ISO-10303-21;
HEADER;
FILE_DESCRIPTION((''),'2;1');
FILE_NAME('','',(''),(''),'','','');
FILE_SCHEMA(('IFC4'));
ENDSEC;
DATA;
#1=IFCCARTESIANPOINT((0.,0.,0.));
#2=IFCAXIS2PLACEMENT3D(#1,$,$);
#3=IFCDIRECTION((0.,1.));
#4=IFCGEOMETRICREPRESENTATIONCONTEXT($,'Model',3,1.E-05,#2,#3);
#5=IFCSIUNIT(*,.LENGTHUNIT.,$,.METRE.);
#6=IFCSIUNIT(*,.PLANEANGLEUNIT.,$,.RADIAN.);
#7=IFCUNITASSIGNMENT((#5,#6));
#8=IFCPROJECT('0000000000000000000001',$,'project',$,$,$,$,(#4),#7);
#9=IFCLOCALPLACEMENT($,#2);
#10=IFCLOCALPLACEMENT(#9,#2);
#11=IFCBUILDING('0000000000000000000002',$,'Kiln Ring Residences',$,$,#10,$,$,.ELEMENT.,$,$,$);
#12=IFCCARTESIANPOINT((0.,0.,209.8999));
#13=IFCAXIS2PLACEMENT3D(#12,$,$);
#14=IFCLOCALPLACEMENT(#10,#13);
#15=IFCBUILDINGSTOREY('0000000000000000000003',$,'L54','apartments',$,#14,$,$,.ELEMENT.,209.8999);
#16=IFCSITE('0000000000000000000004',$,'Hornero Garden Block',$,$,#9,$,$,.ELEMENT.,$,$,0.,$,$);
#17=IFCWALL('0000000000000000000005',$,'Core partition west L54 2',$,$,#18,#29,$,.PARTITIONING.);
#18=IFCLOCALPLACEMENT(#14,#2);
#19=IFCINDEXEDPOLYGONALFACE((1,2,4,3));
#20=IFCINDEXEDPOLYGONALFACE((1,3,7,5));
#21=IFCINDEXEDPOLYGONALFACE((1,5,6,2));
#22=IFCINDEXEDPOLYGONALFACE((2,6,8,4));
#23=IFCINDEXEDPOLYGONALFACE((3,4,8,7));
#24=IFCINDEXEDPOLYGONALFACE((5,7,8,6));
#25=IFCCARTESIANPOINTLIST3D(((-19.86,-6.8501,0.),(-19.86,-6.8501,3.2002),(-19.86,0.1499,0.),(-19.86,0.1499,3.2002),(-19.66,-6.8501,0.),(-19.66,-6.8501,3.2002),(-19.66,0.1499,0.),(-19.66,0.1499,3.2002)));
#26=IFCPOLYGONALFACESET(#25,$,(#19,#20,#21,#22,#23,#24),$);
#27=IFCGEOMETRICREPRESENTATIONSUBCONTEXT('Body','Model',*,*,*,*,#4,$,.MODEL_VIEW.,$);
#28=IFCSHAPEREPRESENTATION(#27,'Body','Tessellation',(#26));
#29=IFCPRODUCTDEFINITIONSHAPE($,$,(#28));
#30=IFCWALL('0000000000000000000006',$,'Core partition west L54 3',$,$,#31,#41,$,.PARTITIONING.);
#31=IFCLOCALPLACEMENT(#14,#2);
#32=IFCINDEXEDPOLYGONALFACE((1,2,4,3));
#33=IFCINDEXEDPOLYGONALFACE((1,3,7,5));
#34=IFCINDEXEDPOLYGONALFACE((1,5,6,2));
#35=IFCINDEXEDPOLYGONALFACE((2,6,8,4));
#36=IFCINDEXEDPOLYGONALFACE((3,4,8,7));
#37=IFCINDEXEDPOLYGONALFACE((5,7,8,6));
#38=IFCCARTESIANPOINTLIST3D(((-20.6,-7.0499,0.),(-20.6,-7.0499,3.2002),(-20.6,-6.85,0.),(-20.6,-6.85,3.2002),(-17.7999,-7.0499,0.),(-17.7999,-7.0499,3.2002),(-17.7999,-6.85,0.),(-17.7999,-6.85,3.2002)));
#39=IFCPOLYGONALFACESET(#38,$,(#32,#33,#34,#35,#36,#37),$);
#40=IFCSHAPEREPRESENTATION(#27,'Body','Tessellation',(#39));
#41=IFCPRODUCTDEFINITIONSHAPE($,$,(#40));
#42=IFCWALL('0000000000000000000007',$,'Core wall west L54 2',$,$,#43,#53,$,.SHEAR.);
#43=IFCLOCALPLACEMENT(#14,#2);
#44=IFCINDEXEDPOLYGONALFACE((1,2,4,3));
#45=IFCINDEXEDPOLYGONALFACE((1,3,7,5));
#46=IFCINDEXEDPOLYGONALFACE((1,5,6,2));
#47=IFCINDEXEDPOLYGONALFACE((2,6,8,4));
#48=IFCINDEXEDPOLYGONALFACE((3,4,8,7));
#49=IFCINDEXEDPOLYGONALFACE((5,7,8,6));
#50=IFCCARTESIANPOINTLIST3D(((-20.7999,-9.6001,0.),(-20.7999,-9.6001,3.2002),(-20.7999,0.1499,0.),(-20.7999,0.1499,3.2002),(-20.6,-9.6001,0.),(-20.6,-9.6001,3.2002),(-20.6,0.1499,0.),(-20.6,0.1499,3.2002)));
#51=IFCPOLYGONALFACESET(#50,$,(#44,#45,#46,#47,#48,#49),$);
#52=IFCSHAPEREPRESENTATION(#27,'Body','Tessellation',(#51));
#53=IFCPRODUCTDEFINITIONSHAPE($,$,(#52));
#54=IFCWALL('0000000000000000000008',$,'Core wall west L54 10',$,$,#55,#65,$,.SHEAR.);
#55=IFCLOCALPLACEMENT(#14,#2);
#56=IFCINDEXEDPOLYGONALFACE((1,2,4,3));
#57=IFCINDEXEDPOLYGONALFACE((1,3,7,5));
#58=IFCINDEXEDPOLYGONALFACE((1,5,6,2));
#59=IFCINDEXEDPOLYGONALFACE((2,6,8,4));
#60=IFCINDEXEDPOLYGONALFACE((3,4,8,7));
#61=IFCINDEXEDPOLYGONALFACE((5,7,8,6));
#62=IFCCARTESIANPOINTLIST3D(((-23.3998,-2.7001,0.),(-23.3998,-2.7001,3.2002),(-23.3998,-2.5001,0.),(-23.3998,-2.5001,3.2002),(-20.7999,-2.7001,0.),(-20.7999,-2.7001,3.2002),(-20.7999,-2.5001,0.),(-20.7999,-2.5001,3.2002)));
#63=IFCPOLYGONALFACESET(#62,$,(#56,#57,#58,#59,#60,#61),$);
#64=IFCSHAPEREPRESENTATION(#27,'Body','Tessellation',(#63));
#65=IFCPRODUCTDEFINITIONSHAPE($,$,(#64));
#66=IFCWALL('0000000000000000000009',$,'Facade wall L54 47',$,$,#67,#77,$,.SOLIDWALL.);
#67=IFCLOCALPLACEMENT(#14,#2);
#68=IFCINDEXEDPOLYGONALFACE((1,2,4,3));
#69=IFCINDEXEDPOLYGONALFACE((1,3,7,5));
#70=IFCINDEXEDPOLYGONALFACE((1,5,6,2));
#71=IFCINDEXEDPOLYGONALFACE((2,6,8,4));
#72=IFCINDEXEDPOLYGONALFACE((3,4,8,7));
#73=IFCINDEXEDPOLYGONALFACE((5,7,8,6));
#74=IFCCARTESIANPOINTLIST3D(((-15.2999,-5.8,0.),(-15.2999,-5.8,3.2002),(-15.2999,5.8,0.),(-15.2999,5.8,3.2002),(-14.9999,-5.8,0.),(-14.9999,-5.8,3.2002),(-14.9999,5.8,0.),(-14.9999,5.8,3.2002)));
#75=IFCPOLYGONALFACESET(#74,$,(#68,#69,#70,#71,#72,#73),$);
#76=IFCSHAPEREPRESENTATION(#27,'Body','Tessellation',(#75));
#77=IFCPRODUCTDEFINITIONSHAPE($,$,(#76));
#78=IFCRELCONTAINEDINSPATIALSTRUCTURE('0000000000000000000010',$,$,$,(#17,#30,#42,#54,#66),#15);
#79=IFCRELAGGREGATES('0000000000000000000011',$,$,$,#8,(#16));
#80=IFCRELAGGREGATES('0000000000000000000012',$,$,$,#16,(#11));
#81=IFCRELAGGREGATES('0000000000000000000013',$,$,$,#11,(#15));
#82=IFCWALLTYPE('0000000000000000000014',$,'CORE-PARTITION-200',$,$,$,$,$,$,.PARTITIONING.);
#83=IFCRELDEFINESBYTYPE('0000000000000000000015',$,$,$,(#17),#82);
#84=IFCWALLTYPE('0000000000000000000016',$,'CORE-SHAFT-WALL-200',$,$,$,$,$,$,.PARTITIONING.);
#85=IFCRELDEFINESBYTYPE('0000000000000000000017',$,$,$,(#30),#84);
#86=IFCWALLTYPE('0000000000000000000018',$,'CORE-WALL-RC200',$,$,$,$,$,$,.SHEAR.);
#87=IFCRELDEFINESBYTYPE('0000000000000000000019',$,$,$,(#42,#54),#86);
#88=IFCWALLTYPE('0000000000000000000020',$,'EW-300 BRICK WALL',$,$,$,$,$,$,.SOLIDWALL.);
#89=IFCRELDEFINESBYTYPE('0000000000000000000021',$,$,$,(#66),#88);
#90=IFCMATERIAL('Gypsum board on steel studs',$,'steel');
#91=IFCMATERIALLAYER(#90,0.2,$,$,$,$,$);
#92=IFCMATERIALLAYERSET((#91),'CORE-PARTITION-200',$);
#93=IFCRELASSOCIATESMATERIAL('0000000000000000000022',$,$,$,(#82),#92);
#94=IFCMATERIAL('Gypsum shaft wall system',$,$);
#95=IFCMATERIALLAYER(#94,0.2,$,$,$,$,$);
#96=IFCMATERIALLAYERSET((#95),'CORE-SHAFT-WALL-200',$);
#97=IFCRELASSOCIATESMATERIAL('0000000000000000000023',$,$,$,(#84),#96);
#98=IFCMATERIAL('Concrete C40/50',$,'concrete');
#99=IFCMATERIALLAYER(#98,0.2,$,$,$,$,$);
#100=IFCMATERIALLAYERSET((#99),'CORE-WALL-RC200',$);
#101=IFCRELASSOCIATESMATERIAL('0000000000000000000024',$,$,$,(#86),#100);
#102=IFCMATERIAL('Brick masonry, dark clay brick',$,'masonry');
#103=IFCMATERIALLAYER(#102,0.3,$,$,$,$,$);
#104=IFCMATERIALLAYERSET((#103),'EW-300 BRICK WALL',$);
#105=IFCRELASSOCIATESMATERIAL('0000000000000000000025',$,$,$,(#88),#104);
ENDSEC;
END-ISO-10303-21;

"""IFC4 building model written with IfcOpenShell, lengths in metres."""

from ifc_helpers import new_model, si_unit, direction, frame, frame_2d, origin, place, context, subcontext, project, spatial, rectangle, extrude, material, layer, layer_set, type_object, element, save


model = new_model("IFC4")

# Units and contexts
model_context = context("Model", 3, precision=1e-05, world=origin(), true_north=direction((0.0, 1.0)))
body_context = subcontext(model_context, "Body", "Model", "MODEL_VIEW")
ifc_project = project(units=[si_unit("LENGTHUNIT", "METRE"), si_unit("PLANEANGLEUNIT", "RADIAN")], contexts=[model_context])

# Site, building, storey
site_placement = place(None, origin())
site = spatial("IfcSite", under=ifc_project, at=site_placement, Name="Hornero Garden Block", CompositionType="ELEMENT", RefElevation=0.0)
building_placement = place(site_placement, origin())
building = spatial("IfcBuilding", under=site, at=building_placement, Name="Kiln Ring Residences", CompositionType="ELEMENT")
storey_placement = place(building_placement, frame((0.0, 0.0, 209.8999)))
storey = spatial("IfcBuildingStorey", under=building, at=storey_placement, Name="L54", Description="apartments", CompositionType="ELEMENT", Elevation=209.8999)

# Walls
ifc_material_1 = material(Name="Gypsum board on steel studs", Category="steel")
ifc_layer_1 = layer(ifc_material_1, 0.2)
ifc_layer_set_1 = layer_set([ifc_layer_1], Name="CORE-PARTITION-200")
wall_type_1 = type_object("IfcWallType", Name="CORE-PARTITION-200", PredefinedType="PARTITIONING", material=ifc_layer_set_1)
wall_1_placement = place(storey_placement, frame((-19.76, -6.8501, 0.0), z_axis=(0.0, 0.0, 1.0), x_axis=(0.0, 1.0, 0.0)))
element("IfcWall", 1, at=wall_1_placement, inside=storey, type_object=wall_type_1, Name="Core partition west L54 2", PredefinedType="PARTITIONING", context=body_context, shape_type="SweptSolid", body=[
    extrude(rectangle(XDim=7.0, YDim=0.2, at=frame_2d((3.5, 0.0))), origin(), (0.0, 0.0, 1.0), 3.2002),
])
ifc_material_2 = material(Name="Gypsum shaft wall system")
ifc_layer_2 = layer(ifc_material_2, 0.2)
ifc_layer_set_2 = layer_set([ifc_layer_2], Name="CORE-SHAFT-WALL-200")
wall_type_2 = type_object("IfcWallType", Name="CORE-SHAFT-WALL-200", PredefinedType="PARTITIONING", material=ifc_layer_set_2)
wall_2_placement = place(storey_placement, frame((-17.8, -6.95, 0.0), z_axis=(0.0, 0.0, 1.0), x_axis=(-1.0, 0.0, 0.0)))
element("IfcWall", 2, at=wall_2_placement, inside=storey, type_object=wall_type_2, Name="Core partition west L54 3", PredefinedType="PARTITIONING", context=body_context, shape_type="SweptSolid", body=[
    extrude(rectangle(XDim=2.8, YDim=0.2, at=frame_2d((1.3999, 0.0))), origin(), (0.0, 0.0, 1.0), 3.2002),
])
ifc_material_3 = material(Name="Concrete C40/50", Category="concrete")
ifc_layer_3 = layer(ifc_material_3, 0.2)
ifc_layer_set_3 = layer_set([ifc_layer_3], Name="CORE-WALL-RC200")
wall_type_3 = type_object("IfcWallType", Name="CORE-WALL-RC200", PredefinedType="SHEAR", material=ifc_layer_set_3)
wall_3_placement = place(storey_placement, frame((-20.7, -9.6001, 0.0), z_axis=(0.0, 0.0, 1.0), x_axis=(0.0, 1.0, 0.0)))
element("IfcWall", 3, at=wall_3_placement, inside=storey, type_object=wall_type_3, Name="Core wall west L54 2", PredefinedType="SHEAR", context=body_context, shape_type="SweptSolid", body=[
    extrude(rectangle(XDim=9.75, YDim=0.2, at=frame_2d((4.875, 0.0))), origin(), (0.0, 0.0, 1.0), 3.2002),
])
wall_4_placement = place(storey_placement, frame((-20.8, -2.6001, 0.0), z_axis=(0.0, 0.0, 1.0), x_axis=(-1.0, 0.0, 0.0)))
element("IfcWall", 4, at=wall_4_placement, inside=storey, type_object=wall_type_3, Name="Core wall west L54 10", PredefinedType="SHEAR", context=body_context, shape_type="SweptSolid", body=[
    extrude(rectangle(XDim=2.5999, YDim=0.2, at=frame_2d((1.2998, 0.0))), origin(), (0.0, 0.0, 1.0), 3.2002),
])
ifc_material_4 = material(Name="Brick masonry, dark clay brick", Category="masonry")
ifc_layer_4 = layer(ifc_material_4, 0.3)
ifc_layer_set_4 = layer_set([ifc_layer_4], Name="EW-300 BRICK WALL")
wall_type_4 = type_object("IfcWallType", Name="EW-300 BRICK WALL", PredefinedType="SOLIDWALL", material=ifc_layer_set_4)
wall_5_placement = place(storey_placement, frame((-15.1499, -5.8, 0.0), z_axis=(0.0, 0.0, 1.0), x_axis=(0.0, 1.0, 0.0)))
element("IfcWall", 5, at=wall_5_placement, inside=storey, type_object=wall_type_4, Name="Facade wall L54 47", PredefinedType="SOLIDWALL", context=body_context, shape_type="SweptSolid", body=[
    extrude(rectangle(XDim=11.6001, YDim=0.3, at=frame_2d((5.8, 0.0))), origin(), (0.0, 0.0, 1.0), 3.2002),
])

save(model, "model.ifc")
